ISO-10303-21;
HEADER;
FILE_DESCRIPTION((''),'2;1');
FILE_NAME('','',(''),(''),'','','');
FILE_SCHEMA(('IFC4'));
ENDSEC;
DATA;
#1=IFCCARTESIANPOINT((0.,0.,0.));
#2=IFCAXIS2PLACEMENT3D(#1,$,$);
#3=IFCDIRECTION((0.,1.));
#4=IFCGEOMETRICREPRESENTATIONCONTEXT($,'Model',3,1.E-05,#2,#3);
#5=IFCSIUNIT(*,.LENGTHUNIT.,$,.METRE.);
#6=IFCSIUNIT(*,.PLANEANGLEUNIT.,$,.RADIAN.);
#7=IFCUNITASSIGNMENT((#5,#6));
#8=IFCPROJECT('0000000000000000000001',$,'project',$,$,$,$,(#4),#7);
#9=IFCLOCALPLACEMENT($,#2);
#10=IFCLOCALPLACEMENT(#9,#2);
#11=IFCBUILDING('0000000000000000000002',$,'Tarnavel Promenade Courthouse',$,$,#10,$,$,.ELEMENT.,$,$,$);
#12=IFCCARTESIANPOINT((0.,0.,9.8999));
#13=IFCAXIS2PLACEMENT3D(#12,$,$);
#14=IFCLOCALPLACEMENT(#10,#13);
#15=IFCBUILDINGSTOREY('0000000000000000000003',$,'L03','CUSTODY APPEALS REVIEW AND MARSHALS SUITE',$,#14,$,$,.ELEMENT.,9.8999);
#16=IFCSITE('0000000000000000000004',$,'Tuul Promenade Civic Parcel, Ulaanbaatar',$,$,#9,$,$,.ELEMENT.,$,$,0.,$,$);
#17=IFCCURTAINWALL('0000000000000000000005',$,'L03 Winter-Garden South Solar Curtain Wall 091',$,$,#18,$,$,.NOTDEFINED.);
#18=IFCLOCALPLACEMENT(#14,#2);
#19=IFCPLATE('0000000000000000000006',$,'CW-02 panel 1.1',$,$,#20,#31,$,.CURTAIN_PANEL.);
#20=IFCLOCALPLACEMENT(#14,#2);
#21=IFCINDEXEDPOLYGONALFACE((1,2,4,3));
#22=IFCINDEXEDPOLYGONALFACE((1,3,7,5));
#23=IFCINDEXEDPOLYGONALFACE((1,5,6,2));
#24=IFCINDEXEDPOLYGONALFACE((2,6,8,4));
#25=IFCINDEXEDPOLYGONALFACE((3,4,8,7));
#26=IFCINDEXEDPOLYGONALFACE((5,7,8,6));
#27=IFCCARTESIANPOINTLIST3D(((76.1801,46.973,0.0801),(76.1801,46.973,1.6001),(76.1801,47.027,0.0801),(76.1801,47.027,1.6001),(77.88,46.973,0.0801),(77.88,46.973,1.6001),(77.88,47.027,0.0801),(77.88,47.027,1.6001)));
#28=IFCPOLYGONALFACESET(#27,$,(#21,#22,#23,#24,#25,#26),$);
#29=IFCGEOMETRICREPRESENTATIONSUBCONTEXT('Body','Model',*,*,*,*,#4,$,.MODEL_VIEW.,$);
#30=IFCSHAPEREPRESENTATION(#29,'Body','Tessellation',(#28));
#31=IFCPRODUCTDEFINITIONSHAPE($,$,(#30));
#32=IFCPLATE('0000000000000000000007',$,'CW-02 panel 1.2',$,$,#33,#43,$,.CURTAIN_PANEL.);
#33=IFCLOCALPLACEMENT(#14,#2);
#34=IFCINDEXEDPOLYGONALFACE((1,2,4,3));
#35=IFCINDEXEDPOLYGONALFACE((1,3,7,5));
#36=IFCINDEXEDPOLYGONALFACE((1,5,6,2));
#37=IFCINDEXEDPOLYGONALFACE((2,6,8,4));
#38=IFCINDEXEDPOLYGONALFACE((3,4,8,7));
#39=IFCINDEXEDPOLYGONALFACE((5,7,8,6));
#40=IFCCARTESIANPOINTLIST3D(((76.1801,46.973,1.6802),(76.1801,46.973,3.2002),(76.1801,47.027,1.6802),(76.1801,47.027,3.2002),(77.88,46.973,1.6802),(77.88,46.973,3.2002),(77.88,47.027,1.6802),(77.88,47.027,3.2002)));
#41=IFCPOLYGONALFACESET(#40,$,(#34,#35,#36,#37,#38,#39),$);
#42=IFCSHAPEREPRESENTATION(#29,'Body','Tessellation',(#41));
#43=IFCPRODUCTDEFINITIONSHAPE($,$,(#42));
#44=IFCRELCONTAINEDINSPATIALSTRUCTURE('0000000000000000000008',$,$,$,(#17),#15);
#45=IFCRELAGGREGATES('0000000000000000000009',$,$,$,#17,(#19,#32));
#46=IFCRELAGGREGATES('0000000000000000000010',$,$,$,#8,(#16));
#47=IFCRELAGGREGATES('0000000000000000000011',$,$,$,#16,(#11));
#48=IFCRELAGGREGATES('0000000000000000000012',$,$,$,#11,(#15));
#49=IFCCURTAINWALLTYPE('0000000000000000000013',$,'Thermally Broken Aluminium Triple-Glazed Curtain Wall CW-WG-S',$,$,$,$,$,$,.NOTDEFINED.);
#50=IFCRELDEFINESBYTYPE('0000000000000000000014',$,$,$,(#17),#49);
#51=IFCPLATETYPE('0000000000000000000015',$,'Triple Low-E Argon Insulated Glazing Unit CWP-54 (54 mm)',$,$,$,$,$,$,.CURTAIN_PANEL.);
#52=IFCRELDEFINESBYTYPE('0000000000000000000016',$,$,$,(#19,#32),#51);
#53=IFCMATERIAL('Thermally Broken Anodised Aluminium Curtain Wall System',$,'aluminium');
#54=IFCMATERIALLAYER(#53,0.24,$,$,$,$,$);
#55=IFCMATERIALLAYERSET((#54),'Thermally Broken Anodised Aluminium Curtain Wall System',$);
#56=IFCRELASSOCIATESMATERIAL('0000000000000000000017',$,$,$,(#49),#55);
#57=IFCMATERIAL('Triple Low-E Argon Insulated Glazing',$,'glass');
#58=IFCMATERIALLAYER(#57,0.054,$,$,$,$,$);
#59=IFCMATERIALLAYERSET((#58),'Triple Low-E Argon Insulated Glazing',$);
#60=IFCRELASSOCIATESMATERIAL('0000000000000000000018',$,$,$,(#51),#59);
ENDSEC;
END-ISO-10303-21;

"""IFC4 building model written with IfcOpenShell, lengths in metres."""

from ifc_helpers import new_model, si_unit, direction, frame, origin, origin_2d, place, context, subcontext, project, spatial, rectangle, extrude, material, layer, layer_set, type_object, element, aggregate, save


model = new_model("IFC4")

# Units and contexts
model_context = context("Model", 3, precision=1e-05, world=origin(), true_north=direction((0.0, 1.0)))
body_context = subcontext(model_context, "Body", "Model", "MODEL_VIEW")
ifc_project = project(units=[si_unit("LENGTHUNIT", "METRE"), si_unit("PLANEANGLEUNIT", "RADIAN")], contexts=[model_context])

# Site, building, storey
site_placement = place(None, origin())
site = spatial("IfcSite", under=ifc_project, at=site_placement, Name="Tuul Promenade Civic Parcel, Ulaanbaatar", CompositionType="ELEMENT", RefElevation=0.0)
building_placement = place(site_placement, origin())
building = spatial("IfcBuilding", under=site, at=building_placement, Name="Tarnavel Promenade Courthouse", CompositionType="ELEMENT")
storey_placement = place(building_placement, frame((0.0, 0.0, 9.8999)))
storey = spatial("IfcBuildingStorey", under=building, at=storey_placement, Name="L03", Description="CUSTODY APPEALS REVIEW AND MARSHALS SUITE", CompositionType="ELEMENT", Elevation=9.8999)

# Curtain wall
ifc_material_1 = material(Name="Thermally Broken Anodised Aluminium Curtain Wall System", Category="aluminium")
ifc_layer_1 = layer(ifc_material_1, 0.24)
ifc_layer_set_1 = layer_set([ifc_layer_1], Name="Thermally Broken Anodised Aluminium Curtain Wall System")
curtain_wall_type = type_object("IfcCurtainWallType", Name="Thermally Broken Aluminium Triple-Glazed Curtain Wall CW-WG-S", PredefinedType="NOTDEFINED", material=ifc_layer_set_1)
curtain_wall_1_placement = place(storey_placement, origin())
curtain_wall_1 = element("IfcCurtainWall", 1, at=curtain_wall_1_placement, inside=storey, type_object=curtain_wall_type, Name="L03 Winter-Garden South Solar Curtain Wall 091", PredefinedType="NOTDEFINED")

# Plates
ifc_material_2 = material(Name="Triple Low-E Argon Insulated Glazing", Category="glass")
ifc_layer_2 = layer(ifc_material_2, 0.054)
ifc_layer_set_2 = layer_set([ifc_layer_2], Name="Triple Low-E Argon Insulated Glazing")
plate_type = type_object("IfcPlateType", Name="Triple Low-E Argon Insulated Glazing Unit CWP-54 (54 mm)", PredefinedType="CURTAIN_PANEL", material=ifc_layer_set_2)
plate_1_placement = place(storey_placement, frame((77.03, 47.0, 0.0801), z_axis=(0.0, 0.0, 1.0), x_axis=(1.0, 0.0, 0.0)))
plate_1 = element("IfcPlate", 2, at=plate_1_placement, type_object=plate_type, Name="CW-02 panel 1.1", PredefinedType="CURTAIN_PANEL", context=body_context, shape_type="SweptSolid", body=[
    extrude(rectangle(XDim=1.7, YDim=0.054, at=origin_2d()), origin(), (0.0, 0.0, 1.0), 1.52),
])
plate_2_placement = place(storey_placement, frame((77.03, 47.0, 1.6802), z_axis=(0.0, 0.0, 1.0), x_axis=(1.0, 0.0, 0.0)))
plate_2 = element("IfcPlate", 3, at=plate_2_placement, type_object=plate_type, Name="CW-02 panel 1.2", PredefinedType="CURTAIN_PANEL", context=body_context, shape_type="SweptSolid", body=[
    extrude(rectangle(XDim=1.7, YDim=0.054, at=origin_2d()), origin(), (0.0, 0.0, 1.0), 1.52),
])
aggregate(curtain_wall_1, [plate_1, plate_2])

save(model, "model.ifc")
